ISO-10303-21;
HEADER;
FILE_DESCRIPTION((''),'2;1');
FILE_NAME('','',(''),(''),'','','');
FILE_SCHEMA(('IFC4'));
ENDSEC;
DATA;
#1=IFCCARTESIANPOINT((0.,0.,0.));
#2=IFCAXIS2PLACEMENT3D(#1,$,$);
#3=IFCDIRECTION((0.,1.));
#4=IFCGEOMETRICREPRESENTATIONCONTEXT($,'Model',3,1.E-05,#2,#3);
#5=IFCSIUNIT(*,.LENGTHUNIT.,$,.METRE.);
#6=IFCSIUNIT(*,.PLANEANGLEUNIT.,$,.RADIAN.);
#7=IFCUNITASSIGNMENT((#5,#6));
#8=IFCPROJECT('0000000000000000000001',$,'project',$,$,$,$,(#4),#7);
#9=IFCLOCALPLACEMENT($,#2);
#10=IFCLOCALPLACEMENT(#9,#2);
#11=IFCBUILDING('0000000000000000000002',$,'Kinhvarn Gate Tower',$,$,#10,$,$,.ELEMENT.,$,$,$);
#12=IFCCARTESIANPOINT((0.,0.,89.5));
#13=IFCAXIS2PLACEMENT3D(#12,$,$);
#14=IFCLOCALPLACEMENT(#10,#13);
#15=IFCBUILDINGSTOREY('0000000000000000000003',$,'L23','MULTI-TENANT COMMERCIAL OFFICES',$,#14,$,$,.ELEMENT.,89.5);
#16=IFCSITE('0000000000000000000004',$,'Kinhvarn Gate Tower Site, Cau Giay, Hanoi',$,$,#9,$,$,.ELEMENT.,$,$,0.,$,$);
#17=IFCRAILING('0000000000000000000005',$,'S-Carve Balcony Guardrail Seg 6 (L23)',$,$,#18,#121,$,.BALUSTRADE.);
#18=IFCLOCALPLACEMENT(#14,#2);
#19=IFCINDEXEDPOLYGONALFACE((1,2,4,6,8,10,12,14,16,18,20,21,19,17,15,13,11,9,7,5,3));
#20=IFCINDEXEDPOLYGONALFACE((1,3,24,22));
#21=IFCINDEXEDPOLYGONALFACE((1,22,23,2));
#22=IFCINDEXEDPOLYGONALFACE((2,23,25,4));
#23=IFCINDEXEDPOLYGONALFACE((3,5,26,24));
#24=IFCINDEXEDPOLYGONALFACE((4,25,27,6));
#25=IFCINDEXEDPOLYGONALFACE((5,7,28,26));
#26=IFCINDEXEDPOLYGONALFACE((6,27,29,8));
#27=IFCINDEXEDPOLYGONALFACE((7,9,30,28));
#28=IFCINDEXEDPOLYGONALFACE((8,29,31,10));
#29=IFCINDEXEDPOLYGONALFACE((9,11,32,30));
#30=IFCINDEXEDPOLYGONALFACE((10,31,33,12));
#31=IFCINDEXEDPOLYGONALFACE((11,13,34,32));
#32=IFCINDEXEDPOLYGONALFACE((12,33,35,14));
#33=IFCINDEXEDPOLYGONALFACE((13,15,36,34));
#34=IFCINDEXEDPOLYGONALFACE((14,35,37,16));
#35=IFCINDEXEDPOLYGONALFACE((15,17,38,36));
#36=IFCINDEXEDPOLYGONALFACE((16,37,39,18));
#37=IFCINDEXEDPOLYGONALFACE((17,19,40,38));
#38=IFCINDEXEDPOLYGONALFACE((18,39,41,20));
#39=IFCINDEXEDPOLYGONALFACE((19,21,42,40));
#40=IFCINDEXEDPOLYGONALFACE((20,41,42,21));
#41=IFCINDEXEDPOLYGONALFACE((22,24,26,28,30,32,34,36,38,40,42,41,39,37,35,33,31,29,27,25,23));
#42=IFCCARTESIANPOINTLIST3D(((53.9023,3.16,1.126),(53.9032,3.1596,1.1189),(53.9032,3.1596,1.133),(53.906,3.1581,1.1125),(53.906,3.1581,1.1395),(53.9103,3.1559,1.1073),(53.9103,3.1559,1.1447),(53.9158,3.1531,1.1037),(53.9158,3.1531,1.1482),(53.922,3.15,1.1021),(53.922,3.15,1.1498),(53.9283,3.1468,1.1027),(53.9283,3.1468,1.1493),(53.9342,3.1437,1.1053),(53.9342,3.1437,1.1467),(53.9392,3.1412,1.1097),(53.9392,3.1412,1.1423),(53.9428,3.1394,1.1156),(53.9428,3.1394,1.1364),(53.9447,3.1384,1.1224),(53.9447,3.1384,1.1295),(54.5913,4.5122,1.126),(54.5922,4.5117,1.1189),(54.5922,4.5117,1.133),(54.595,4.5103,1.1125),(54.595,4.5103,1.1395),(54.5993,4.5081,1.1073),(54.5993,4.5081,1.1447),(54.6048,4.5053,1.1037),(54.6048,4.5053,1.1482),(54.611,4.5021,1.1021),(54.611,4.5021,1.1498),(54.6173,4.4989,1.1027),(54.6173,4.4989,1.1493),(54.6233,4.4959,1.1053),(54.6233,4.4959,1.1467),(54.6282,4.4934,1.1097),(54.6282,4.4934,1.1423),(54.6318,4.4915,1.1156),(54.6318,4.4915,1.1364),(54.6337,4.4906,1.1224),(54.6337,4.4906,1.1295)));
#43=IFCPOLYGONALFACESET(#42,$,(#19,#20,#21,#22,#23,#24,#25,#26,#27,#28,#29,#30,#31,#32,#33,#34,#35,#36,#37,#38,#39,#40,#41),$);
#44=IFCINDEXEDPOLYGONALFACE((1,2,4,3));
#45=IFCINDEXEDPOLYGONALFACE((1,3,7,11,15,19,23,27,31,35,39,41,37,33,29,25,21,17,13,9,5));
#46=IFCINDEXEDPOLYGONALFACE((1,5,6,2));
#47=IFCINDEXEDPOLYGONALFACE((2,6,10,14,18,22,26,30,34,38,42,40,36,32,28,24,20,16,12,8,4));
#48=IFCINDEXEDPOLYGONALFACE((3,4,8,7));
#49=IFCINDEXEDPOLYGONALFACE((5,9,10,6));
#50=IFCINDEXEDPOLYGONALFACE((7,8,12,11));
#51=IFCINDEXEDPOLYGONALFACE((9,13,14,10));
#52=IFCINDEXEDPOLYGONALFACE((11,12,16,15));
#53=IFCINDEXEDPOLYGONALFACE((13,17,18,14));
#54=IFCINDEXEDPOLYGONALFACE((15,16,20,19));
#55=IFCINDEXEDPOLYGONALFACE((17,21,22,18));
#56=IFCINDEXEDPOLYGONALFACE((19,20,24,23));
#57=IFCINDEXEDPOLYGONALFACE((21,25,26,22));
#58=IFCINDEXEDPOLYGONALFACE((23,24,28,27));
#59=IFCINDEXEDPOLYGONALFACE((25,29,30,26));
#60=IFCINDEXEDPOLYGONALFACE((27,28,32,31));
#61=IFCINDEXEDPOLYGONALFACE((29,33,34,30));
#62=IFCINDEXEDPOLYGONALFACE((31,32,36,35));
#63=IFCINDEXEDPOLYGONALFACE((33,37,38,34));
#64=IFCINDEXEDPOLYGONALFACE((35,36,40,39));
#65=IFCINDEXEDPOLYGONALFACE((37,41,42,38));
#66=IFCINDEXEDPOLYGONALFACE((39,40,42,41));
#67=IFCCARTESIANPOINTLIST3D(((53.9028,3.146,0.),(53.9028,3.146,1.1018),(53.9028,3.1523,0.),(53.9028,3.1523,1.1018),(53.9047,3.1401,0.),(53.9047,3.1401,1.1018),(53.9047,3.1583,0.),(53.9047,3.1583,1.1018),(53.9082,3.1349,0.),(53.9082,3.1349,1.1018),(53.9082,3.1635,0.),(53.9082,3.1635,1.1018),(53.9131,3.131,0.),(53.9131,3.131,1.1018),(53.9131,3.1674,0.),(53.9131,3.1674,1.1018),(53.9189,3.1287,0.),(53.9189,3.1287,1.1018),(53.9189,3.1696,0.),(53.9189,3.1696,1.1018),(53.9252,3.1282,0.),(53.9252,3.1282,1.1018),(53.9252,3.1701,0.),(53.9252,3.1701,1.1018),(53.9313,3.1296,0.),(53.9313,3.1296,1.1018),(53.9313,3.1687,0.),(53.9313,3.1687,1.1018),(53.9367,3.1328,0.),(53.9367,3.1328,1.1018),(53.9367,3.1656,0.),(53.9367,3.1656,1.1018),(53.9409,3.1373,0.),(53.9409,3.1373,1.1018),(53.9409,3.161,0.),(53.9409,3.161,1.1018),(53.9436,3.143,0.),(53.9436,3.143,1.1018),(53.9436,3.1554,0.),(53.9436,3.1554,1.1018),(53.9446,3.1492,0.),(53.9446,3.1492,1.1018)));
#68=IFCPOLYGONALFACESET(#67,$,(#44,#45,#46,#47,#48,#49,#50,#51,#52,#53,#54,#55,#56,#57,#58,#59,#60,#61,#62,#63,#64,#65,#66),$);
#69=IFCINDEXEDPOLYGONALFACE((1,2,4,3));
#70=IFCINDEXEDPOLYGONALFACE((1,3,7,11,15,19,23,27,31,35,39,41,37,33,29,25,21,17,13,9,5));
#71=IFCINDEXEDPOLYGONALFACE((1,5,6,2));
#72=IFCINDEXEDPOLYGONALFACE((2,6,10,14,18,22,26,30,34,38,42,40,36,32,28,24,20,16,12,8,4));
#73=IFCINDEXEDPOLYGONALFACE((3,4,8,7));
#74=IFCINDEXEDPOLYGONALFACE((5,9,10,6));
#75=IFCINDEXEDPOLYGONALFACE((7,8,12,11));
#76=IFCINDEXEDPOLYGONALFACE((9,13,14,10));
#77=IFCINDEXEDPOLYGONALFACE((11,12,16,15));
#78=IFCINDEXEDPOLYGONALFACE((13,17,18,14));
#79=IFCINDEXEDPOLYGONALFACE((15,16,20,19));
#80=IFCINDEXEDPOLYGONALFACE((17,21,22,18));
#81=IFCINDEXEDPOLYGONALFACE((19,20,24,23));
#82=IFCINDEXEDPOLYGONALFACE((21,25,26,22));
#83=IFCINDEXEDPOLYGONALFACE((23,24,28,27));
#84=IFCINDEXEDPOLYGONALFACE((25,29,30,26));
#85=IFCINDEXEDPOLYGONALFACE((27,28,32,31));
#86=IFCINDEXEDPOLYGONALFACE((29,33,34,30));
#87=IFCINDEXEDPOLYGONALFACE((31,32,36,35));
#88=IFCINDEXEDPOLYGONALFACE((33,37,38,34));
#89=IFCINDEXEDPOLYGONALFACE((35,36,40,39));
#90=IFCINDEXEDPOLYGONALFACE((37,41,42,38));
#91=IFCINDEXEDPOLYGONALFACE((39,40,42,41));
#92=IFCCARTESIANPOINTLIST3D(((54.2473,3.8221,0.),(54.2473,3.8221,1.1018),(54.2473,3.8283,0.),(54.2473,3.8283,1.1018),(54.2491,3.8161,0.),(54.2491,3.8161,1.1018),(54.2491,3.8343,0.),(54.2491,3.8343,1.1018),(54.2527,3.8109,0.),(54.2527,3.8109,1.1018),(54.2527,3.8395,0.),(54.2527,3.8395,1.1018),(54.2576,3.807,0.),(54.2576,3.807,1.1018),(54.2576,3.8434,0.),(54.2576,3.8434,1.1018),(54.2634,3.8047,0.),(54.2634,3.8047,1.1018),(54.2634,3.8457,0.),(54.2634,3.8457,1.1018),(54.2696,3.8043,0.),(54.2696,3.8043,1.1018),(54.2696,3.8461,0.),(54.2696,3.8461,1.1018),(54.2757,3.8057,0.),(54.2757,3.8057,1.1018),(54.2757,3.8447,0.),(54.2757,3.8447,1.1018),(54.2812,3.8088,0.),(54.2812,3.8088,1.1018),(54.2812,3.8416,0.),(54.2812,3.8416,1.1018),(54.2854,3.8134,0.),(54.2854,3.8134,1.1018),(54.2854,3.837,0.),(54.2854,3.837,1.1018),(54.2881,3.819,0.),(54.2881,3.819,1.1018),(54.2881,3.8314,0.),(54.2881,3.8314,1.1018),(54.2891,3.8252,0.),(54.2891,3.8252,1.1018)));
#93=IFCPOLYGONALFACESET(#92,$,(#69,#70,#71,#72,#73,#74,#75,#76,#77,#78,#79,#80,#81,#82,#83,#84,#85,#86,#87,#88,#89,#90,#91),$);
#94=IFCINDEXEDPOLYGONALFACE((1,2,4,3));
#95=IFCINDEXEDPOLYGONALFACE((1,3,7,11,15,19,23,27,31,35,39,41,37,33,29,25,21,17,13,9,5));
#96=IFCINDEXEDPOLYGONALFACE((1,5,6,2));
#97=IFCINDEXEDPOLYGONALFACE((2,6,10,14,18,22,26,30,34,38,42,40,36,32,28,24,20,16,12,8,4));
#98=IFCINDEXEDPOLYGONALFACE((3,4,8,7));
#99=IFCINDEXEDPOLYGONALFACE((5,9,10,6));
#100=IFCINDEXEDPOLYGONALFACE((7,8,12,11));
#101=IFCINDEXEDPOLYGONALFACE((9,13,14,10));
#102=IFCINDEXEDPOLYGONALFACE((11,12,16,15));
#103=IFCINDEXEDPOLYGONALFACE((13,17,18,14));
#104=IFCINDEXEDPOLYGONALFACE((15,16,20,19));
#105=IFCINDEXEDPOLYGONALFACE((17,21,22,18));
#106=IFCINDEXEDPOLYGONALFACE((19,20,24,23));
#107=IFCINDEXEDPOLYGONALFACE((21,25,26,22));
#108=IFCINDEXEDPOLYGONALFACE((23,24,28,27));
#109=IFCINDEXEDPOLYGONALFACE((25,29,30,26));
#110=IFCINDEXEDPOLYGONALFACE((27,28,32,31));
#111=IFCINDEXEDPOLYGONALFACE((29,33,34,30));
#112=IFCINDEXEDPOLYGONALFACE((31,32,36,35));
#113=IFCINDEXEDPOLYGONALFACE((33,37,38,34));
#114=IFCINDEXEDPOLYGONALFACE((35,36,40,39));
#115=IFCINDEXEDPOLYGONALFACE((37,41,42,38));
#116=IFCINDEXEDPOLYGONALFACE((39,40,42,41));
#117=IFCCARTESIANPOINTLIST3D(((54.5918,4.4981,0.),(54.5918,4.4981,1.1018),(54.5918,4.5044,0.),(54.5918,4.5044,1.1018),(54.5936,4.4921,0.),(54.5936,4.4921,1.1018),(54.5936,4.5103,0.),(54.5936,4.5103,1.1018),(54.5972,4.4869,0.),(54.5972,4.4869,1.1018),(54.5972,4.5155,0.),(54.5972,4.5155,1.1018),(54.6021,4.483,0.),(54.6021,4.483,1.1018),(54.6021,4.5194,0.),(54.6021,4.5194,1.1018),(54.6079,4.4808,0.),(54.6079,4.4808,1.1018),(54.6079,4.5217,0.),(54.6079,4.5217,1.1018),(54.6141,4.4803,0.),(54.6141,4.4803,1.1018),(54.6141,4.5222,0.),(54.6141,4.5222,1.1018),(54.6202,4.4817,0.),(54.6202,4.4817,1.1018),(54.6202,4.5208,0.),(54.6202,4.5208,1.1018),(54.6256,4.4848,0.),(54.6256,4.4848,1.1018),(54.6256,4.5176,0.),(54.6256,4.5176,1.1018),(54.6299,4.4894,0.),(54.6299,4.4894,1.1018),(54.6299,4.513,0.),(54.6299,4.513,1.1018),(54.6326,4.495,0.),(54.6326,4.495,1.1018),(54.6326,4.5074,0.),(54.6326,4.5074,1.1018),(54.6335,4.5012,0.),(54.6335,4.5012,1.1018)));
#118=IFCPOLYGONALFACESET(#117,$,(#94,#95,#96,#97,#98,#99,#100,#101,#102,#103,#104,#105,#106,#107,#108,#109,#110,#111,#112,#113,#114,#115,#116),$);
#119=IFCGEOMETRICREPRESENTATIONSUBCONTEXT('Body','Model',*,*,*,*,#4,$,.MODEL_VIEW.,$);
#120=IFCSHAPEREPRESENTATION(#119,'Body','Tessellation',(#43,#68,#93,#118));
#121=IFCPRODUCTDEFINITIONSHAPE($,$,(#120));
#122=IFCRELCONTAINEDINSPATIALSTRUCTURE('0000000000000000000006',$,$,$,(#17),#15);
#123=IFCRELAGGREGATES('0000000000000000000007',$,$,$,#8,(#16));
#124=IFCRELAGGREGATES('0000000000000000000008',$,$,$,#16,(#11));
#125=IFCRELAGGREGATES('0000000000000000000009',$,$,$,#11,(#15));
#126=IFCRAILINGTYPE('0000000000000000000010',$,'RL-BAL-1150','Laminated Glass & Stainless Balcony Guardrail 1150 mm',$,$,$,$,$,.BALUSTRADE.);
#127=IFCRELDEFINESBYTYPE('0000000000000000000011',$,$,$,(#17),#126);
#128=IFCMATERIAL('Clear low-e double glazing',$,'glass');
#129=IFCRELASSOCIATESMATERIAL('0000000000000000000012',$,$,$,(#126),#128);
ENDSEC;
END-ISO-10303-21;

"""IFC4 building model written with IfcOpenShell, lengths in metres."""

from ifc_helpers import new_model, si_unit, direction, frame, origin, origin_2d, place, context, subcontext, project, spatial, circle, extrude, material, type_object, element, save


model = new_model("IFC4")

# Units and contexts
model_context = context("Model", 3, precision=1e-05, world=origin(), true_north=direction((0.0, 1.0)))
body_context = subcontext(model_context, "Body", "Model", "MODEL_VIEW")
ifc_project = project(units=[si_unit("LENGTHUNIT", "METRE"), si_unit("PLANEANGLEUNIT", "RADIAN")], contexts=[model_context])

# Site, building, storey
site_placement = place(None, origin())
site = spatial("IfcSite", under=ifc_project, at=site_placement, Name="Kinhvarn Gate Tower Site, Cau Giay, Hanoi", CompositionType="ELEMENT", RefElevation=0.0)
building_placement = place(site_placement, origin())
building = spatial("IfcBuilding", under=site, at=building_placement, Name="Kinhvarn Gate Tower", CompositionType="ELEMENT")
storey_placement = place(building_placement, frame((0.0, 0.0, 89.5)))
storey = spatial("IfcBuildingStorey", under=building, at=storey_placement, Name="L23", Description="MULTI-TENANT COMMERCIAL OFFICES", CompositionType="ELEMENT", Elevation=89.5)

# Shared definitions
ifc_material_1 = material(Name="Clear low-e double glazing", Category="glass")

# Railing
railing_type = type_object("IfcRailingType", Name="RL-BAL-1150", Description="Laminated Glass & Stainless Balcony Guardrail 1150 mm", PredefinedType="BALUSTRADE", material=ifc_material_1)
railing_1_placement = place(storey_placement, frame((53.9236, 3.1492, 0.0)))
element("IfcRailing", 1, at=railing_1_placement, inside=storey, type_object=railing_type, Name="S-Carve Balcony Guardrail Seg 6 (L23)", PredefinedType="BALUSTRADE", context=body_context, shape_type="SweptSolid", body=[
    extrude(circle(Radius=0.0239, at=origin_2d()), frame((0.0, 0.0, 1.126), z_axis=(0.454022, 0.89099, 0.0), x_axis=(-0.89099, 0.454022, 0.0)), (0.0, 0.0, 1.0), 1.5176),
    extrude(circle(Radius=0.021, at=origin_2d()), origin(), (0.0, 0.0, 1.0), 1.1018),
    extrude(circle(Radius=0.021, at=origin_2d()), frame((0.3445, 0.676, 0.0)), (0.0, 0.0, 1.0), 1.1018),
    extrude(circle(Radius=0.021, at=origin_2d()), frame((0.689, 1.3521, 0.0)), (0.0, 0.0, 1.0), 1.1018),
])

save(model, "model.ifc")
